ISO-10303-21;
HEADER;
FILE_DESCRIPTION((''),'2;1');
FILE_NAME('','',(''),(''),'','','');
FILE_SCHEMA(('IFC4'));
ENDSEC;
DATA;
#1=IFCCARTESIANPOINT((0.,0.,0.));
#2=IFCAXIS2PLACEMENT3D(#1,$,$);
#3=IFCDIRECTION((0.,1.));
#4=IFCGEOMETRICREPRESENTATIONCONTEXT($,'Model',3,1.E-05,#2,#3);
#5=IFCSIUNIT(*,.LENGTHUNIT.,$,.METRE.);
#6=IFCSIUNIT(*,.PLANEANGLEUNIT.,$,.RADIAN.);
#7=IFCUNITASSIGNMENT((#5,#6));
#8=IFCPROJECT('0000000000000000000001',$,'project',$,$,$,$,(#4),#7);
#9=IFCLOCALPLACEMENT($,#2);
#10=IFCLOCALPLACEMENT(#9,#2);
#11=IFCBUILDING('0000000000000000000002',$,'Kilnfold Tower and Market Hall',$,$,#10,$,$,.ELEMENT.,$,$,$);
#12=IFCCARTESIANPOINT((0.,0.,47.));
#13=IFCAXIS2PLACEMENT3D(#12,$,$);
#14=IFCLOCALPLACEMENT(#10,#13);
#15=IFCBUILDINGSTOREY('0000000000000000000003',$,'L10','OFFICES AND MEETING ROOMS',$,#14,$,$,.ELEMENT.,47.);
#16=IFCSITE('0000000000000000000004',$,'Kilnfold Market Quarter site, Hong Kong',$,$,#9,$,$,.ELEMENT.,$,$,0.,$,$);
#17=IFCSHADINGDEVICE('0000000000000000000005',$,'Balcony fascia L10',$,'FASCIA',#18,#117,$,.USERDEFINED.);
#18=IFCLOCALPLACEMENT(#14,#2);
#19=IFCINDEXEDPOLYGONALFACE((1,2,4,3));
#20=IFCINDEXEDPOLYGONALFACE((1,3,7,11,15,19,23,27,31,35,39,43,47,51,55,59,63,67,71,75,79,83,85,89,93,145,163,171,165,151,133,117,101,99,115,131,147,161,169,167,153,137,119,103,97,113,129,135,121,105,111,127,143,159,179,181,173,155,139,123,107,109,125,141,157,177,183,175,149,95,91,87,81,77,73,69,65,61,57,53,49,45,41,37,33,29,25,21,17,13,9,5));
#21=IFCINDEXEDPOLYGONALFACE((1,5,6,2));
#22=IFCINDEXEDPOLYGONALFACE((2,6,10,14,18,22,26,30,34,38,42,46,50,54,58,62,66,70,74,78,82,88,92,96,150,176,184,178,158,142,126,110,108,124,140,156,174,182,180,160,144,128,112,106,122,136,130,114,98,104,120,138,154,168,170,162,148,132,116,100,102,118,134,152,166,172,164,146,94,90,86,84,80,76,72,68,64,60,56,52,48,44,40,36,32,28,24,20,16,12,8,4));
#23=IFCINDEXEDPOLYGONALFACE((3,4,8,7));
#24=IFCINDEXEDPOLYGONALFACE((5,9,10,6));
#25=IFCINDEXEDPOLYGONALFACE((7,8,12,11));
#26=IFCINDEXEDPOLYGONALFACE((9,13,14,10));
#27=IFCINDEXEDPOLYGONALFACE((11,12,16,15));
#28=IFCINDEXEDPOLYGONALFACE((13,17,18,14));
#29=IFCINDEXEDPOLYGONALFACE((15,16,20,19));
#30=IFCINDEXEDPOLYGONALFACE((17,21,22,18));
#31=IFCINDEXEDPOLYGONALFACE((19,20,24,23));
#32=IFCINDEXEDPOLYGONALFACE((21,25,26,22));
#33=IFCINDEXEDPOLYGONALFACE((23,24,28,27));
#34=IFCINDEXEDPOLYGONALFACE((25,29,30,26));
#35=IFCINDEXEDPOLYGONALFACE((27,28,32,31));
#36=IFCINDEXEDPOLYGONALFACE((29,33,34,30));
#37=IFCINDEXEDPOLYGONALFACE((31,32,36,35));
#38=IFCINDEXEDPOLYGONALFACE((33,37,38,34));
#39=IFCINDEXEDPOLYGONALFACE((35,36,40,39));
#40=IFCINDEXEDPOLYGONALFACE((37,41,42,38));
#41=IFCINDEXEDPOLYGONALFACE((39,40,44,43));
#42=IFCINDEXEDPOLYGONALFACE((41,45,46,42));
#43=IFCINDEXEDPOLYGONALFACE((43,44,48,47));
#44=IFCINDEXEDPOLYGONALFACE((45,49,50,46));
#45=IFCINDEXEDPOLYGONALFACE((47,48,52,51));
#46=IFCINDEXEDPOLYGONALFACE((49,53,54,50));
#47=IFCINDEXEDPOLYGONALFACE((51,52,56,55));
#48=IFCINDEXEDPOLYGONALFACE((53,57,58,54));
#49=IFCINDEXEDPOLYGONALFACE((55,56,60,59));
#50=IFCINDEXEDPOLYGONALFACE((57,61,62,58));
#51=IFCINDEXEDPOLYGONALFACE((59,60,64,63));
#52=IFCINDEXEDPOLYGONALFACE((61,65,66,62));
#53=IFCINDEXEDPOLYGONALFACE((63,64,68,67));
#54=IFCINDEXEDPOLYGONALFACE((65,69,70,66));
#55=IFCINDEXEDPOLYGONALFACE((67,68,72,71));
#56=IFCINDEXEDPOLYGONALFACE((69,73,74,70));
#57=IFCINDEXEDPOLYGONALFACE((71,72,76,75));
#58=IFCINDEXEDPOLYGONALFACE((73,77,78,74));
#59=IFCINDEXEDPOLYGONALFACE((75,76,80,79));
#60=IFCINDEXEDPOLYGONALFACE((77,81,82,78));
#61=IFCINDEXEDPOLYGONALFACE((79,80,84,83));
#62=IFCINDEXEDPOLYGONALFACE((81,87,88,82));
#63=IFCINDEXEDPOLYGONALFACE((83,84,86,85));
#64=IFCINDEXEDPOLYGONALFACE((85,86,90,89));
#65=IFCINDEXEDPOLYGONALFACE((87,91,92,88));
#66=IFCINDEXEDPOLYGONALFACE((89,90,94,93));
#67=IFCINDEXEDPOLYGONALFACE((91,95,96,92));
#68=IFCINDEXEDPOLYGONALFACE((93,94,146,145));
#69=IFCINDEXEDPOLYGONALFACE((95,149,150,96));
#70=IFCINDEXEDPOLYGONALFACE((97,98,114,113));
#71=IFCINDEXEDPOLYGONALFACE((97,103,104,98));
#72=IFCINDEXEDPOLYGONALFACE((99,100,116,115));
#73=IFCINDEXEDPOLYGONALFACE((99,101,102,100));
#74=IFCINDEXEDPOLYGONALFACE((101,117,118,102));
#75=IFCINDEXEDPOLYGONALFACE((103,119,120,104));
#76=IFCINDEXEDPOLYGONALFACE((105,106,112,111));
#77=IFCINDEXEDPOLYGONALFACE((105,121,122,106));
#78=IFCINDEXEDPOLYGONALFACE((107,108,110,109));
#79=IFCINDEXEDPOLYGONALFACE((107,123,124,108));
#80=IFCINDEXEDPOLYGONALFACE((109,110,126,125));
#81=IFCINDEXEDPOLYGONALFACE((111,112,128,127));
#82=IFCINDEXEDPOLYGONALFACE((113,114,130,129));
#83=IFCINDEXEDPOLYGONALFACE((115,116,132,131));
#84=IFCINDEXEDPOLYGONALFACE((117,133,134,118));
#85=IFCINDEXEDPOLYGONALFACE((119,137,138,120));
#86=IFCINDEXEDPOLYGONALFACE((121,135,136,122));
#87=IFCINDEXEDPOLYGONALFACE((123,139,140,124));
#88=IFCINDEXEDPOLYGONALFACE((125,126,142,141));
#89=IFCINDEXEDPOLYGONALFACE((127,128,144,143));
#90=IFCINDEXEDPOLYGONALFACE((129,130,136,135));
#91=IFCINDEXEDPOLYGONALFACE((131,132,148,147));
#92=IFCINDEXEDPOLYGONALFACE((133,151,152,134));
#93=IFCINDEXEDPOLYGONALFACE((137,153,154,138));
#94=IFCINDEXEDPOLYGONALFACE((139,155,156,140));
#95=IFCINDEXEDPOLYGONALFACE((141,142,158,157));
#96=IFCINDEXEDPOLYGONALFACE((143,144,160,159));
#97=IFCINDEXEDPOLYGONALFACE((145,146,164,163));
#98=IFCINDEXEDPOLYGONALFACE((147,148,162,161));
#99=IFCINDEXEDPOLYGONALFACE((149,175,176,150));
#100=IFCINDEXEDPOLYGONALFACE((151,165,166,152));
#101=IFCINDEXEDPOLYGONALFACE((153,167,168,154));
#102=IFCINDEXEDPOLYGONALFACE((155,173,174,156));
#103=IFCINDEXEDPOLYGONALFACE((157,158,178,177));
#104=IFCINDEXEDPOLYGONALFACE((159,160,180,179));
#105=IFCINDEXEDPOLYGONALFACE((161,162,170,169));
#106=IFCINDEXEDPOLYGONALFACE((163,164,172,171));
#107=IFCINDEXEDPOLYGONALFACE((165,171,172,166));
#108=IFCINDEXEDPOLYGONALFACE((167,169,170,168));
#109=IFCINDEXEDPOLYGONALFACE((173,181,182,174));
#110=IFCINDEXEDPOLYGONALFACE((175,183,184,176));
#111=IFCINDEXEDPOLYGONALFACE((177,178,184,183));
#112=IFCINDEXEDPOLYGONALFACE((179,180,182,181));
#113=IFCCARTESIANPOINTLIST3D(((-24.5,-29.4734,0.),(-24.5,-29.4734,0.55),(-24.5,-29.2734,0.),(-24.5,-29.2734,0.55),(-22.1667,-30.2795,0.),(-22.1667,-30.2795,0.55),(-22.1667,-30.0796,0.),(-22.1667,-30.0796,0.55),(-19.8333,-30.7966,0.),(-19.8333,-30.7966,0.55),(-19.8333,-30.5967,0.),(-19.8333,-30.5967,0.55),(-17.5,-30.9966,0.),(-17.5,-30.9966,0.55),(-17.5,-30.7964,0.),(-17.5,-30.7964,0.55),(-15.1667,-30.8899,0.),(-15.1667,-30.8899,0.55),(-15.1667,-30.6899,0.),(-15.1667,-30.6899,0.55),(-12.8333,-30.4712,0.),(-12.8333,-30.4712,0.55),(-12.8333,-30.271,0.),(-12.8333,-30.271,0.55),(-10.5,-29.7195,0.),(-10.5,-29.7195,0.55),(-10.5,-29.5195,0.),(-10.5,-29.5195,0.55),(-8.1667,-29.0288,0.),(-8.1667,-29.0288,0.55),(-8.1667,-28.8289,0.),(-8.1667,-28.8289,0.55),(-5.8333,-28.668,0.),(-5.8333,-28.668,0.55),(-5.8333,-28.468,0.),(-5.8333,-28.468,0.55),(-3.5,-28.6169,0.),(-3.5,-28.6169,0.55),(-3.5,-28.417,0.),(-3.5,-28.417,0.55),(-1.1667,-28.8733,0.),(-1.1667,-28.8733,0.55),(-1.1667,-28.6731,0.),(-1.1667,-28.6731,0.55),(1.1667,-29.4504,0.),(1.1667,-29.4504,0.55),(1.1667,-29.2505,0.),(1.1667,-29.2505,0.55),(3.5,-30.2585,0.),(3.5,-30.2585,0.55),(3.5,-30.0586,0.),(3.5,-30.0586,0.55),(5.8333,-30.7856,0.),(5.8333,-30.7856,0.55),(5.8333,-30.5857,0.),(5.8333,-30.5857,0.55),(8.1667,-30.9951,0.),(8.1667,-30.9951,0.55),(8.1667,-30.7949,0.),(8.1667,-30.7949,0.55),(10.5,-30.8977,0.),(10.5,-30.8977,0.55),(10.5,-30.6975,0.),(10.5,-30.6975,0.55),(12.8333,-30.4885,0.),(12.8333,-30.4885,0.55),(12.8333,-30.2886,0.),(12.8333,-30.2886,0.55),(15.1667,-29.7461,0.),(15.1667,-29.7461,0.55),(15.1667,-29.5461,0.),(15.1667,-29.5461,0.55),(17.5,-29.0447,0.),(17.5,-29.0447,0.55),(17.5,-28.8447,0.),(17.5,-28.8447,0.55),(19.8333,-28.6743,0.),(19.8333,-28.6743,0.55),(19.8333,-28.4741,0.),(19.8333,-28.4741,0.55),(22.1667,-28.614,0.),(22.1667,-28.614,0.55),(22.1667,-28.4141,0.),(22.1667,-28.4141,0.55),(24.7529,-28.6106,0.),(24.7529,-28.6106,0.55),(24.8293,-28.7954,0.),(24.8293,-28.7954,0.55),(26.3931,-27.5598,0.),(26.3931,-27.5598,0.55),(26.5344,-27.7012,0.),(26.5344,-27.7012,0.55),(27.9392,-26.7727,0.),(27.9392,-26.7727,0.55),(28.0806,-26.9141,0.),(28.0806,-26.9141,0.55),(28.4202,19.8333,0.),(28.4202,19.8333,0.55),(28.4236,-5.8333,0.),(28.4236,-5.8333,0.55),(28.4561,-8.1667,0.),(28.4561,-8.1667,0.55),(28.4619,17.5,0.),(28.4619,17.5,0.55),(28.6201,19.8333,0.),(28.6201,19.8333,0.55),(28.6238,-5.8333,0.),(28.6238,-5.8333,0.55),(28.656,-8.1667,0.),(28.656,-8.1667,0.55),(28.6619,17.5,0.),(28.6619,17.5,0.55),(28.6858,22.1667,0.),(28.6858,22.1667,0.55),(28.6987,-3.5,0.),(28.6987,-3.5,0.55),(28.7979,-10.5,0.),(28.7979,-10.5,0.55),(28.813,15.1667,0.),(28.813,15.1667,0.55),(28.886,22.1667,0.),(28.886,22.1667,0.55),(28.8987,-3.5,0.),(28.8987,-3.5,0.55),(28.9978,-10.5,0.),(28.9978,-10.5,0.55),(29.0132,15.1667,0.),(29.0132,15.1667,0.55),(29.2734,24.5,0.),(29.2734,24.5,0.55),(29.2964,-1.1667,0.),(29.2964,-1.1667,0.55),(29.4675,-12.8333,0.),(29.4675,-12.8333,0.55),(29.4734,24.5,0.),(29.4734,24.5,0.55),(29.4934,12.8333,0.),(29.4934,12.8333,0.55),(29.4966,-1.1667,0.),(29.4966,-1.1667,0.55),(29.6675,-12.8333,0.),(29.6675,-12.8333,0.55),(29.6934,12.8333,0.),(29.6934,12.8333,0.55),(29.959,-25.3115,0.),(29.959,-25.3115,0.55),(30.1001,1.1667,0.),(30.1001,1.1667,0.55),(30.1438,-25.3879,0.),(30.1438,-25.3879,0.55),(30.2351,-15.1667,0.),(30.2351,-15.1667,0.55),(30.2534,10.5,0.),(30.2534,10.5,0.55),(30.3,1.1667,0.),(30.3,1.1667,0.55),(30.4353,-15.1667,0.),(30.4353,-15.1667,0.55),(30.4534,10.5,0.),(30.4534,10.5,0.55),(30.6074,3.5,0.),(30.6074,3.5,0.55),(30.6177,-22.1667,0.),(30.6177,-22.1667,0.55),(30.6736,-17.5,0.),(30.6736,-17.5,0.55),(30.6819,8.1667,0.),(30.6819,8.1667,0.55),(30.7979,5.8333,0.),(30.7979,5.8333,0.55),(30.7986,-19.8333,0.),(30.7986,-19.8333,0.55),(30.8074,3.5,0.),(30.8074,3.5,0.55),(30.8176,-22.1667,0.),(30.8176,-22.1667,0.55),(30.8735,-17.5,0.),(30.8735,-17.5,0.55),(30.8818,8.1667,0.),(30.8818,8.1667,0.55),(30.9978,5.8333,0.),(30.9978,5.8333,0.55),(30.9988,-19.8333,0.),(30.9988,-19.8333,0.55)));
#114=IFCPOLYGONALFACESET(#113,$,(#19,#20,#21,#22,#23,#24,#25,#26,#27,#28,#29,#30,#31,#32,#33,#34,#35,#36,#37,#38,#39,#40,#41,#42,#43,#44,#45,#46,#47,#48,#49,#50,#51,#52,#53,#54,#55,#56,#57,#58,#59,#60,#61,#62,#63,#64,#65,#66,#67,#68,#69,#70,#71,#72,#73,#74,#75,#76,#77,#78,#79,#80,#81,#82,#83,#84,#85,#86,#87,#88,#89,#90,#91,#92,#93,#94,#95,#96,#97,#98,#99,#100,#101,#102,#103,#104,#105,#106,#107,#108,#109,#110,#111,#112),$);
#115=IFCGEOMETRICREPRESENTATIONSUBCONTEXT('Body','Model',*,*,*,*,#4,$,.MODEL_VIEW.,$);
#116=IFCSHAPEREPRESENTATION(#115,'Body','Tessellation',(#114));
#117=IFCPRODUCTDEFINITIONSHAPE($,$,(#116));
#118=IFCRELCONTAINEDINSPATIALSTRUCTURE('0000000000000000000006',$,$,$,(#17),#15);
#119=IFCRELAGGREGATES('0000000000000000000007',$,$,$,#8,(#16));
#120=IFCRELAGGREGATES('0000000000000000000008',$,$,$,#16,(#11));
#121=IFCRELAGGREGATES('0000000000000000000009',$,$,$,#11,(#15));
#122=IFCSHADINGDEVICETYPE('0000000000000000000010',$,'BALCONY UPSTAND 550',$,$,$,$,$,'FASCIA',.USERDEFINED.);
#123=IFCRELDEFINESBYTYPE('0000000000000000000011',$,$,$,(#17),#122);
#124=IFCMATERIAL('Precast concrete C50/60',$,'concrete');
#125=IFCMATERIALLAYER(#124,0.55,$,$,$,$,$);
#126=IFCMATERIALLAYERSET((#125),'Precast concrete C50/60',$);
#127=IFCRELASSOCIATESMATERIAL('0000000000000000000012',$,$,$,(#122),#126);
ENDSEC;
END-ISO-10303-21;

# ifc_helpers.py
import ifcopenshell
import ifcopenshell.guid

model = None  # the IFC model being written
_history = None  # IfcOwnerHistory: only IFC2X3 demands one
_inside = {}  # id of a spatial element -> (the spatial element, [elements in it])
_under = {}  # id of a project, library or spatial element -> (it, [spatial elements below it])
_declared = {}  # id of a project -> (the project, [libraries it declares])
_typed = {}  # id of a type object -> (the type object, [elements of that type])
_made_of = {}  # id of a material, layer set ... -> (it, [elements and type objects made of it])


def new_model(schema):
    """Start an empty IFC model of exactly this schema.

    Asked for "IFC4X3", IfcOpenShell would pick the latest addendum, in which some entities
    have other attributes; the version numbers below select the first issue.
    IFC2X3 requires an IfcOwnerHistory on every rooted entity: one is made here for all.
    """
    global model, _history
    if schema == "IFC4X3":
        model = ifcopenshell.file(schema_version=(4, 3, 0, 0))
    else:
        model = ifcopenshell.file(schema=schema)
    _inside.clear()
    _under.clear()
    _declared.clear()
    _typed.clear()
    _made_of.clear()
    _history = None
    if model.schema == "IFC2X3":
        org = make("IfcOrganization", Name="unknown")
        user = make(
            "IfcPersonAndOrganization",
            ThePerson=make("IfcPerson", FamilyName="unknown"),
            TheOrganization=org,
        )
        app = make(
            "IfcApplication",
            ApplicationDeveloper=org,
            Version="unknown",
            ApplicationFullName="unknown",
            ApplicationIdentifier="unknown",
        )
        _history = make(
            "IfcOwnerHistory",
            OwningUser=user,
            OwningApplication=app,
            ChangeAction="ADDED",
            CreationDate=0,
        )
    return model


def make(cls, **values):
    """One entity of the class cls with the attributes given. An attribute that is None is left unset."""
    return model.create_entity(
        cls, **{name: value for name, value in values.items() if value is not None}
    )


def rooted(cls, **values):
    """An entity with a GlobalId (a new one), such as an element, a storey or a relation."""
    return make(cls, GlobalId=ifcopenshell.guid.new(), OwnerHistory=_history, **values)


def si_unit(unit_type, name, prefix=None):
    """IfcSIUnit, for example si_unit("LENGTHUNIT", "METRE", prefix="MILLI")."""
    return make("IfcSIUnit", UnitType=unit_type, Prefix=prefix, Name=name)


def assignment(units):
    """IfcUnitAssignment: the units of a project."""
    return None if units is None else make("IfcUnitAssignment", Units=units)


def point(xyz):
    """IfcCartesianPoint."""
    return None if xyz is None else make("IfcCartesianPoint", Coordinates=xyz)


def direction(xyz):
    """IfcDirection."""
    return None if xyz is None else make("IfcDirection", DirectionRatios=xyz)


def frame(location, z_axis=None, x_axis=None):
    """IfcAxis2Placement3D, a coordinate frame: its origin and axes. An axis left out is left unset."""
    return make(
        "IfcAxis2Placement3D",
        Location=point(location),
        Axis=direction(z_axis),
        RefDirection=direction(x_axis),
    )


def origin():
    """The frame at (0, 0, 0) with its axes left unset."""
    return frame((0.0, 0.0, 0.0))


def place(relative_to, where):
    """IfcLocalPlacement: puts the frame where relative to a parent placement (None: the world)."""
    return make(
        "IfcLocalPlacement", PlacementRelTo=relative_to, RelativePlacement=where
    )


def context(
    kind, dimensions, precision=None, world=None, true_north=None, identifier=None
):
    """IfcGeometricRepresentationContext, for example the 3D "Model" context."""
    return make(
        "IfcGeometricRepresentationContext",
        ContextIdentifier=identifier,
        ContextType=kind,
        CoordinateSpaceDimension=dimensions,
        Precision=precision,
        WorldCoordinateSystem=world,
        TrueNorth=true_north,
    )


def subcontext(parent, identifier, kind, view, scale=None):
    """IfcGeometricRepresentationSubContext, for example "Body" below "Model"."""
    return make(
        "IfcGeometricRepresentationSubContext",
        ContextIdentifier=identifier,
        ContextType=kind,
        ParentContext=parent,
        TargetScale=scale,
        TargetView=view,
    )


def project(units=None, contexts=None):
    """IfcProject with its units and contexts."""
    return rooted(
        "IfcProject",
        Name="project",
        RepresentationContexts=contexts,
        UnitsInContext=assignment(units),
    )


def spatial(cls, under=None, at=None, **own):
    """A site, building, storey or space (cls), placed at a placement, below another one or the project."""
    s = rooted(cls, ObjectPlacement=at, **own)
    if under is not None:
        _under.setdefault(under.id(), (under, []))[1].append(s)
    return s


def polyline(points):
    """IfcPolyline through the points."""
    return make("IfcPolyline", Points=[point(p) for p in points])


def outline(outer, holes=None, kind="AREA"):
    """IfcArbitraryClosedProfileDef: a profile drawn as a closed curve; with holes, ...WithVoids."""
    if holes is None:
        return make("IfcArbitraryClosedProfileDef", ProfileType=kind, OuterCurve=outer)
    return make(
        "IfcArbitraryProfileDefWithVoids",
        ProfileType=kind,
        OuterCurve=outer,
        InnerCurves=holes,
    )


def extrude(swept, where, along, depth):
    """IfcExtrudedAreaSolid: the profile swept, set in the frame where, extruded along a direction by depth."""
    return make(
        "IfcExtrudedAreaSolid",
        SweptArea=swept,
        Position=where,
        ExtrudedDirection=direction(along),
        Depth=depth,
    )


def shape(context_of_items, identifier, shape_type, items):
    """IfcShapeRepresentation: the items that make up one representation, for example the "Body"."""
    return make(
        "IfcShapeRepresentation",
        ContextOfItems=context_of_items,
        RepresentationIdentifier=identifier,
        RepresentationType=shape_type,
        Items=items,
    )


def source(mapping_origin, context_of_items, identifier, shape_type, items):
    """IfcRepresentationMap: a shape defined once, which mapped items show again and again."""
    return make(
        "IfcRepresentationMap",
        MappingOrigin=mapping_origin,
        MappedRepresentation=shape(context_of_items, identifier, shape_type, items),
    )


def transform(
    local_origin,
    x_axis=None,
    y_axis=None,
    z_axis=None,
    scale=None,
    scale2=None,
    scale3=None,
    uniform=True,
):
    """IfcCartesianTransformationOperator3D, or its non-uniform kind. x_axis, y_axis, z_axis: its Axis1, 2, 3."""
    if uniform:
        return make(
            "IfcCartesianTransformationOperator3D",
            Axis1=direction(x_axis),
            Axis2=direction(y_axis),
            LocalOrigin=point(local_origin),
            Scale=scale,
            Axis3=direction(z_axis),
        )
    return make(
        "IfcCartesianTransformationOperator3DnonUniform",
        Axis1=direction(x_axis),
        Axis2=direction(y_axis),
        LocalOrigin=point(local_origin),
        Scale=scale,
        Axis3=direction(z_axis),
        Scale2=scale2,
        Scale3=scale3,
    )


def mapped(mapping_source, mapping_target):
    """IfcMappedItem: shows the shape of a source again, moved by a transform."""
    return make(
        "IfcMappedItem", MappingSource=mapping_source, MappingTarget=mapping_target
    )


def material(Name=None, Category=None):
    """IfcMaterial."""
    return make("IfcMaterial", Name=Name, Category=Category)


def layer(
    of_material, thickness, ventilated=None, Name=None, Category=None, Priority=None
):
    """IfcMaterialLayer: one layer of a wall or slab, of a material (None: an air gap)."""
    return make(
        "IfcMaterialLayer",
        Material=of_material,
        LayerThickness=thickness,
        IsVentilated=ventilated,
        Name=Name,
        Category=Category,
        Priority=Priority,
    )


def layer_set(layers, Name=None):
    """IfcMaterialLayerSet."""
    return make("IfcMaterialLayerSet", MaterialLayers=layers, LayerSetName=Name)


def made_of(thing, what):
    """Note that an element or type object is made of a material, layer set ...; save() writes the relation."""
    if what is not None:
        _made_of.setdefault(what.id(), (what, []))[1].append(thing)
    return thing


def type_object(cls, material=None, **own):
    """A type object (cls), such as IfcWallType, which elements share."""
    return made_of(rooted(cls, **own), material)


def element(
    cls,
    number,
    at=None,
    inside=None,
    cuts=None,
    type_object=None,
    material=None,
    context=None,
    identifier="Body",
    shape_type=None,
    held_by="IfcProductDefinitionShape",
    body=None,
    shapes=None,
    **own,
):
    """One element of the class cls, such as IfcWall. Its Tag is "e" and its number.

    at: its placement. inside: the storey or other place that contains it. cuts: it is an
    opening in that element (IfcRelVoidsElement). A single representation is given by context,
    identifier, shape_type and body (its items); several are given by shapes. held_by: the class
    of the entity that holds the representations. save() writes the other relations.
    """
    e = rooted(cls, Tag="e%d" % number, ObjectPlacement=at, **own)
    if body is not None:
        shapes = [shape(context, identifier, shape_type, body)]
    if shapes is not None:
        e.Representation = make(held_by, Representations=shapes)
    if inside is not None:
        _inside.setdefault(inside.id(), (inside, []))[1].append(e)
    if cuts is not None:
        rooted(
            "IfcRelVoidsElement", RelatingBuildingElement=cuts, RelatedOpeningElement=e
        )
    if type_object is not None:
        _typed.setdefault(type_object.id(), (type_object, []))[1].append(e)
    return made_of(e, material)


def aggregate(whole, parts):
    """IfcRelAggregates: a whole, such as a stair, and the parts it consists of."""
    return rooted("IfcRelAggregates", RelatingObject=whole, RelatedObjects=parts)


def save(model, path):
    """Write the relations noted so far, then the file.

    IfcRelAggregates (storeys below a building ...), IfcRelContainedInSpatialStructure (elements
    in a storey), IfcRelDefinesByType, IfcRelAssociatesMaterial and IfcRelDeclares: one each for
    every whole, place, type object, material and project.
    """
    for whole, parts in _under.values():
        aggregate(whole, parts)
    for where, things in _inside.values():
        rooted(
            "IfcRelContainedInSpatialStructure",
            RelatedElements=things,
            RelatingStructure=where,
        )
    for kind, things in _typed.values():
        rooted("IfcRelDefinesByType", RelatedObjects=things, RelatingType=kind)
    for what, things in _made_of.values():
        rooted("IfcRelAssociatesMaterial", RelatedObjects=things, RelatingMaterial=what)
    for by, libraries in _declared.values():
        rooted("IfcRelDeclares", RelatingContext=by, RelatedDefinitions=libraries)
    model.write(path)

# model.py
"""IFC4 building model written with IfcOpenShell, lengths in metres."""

from ifc_helpers import new_model, si_unit, direction, frame, origin, place, context, subcontext, project, spatial, polyline, outline, extrude, source, transform, mapped, material, layer, layer_set, type_object, element, save


model = new_model("IFC4")

# Units and contexts
model_context = context("Model", 3, precision=1e-05, world=origin(), true_north=direction((0.0, 1.0)))
body_context = subcontext(model_context, "Body", "Model", "MODEL_VIEW")
ifc_project = project(units=[si_unit("LENGTHUNIT", "METRE"), si_unit("PLANEANGLEUNIT", "RADIAN")], contexts=[model_context])

# Site, building, storey
site_placement = place(None, origin())
site = spatial("IfcSite", under=ifc_project, at=site_placement, Name="Kilnfold Market Quarter site, Hong Kong", CompositionType="ELEMENT", RefElevation=0.0)
building_placement = place(site_placement, origin())
building = spatial("IfcBuilding", under=site, at=building_placement, Name="Kilnfold Tower and Market Hall", CompositionType="ELEMENT")
storey_placement = place(building_placement, frame((0.0, 0.0, 47.0)))
storey = spatial("IfcBuildingStorey", under=building, at=storey_placement, Name="L10", Description="OFFICES AND MEETING ROOMS", CompositionType="ELEMENT", Elevation=47.0)

# Shading device
ifc_material_1 = material(Name="Precast concrete C50/60", Category="concrete")
ifc_layer_1 = layer(ifc_material_1, 0.55)
ifc_layer_set_1 = layer_set([ifc_layer_1], Name="Precast concrete C50/60")
shading_device_type_1 = type_object("IfcShadingDeviceType", Name="BALCONY UPSTAND 550", ElementType="FASCIA", PredefinedType="USERDEFINED", material=ifc_layer_set_1)
shared_shape_1 = source(origin(), body_context, "Body", "SweptSolid", [
    extrude(outline(polyline([(-24.5, -29.4734), (-22.1667, -30.2795), (-19.8333, -30.7966), (-17.5, -30.9966), (-15.1667, -30.8899), (-12.8333, -30.4712), (-10.5, -29.7195), (-8.1667, -29.0288), (-5.8333, -28.668), (-3.5, -28.6169), (-1.1667, -28.8733), (1.1667, -29.4504), (3.5, -30.2585), (5.8333, -30.7856), (8.1667, -30.9951), (10.5, -30.8977), (12.8333, -30.4885), (15.1667, -29.7461), (17.5, -29.0447), (19.8333, -28.6743), (22.1667, -28.614), (24.8293, -28.7954), (26.5344, -27.7012), (28.0806, -26.9141), (30.1438, -25.3879), (30.8176, -22.1667), (30.9988, -19.8333), (30.8735, -17.5), (30.4353, -15.1667), (29.6675, -12.8333), (28.9978, -10.5), (28.656, -8.1667), (28.6238, -5.8333), (28.8987, -3.5), (29.4966, -1.1667), (30.3, 1.1667), (30.8074, 3.5), (30.9978, 5.8333), (30.8818, 8.1667), (30.4534, 10.5), (29.6934, 12.8333), (29.0132, 15.1667), (28.6619, 17.5), (28.6201, 19.8333), (28.886, 22.1667), (29.4734, 24.5), (29.2734, 24.5), (28.6858, 22.1667), (28.4202, 19.8333), (28.4619, 17.5), (28.813, 15.1667), (29.4934, 12.8333), (30.2534, 10.5), (30.6819, 8.1667), (30.7979, 5.8333), (30.6074, 3.5), (30.1001, 1.1667), (29.2964, -1.1667), (28.6987, -3.5), (28.4236, -5.8333), (28.4561, -8.1667), (28.7979, -10.5), (29.4675, -12.8333), (30.2351, -15.1667), (30.6736, -17.5), (30.7986, -19.8333), (30.6177, -22.1667), (29.959, -25.3115), (27.9392, -26.7727), (26.3931, -27.5598), (24.7529, -28.6106), (22.1667, -28.4141), (19.8333, -28.4741), (17.5, -28.8447), (15.1667, -29.5461), (12.8333, -30.2886), (10.5, -30.6975), (8.1667, -30.7949), (5.8333, -30.5857), (3.5, -30.0586), (1.1667, -29.2505), (-1.1667, -28.6731), (-3.5, -28.417), (-5.8333, -28.468), (-8.1667, -28.8289), (-10.5, -29.5195), (-12.8333, -30.271), (-15.1667, -30.6899), (-17.5, -30.7964), (-19.8333, -30.5967), (-22.1667, -30.0796), (-24.5, -29.2734), (-24.5, -29.4734)])), origin(), (0.0, 0.0, 1.0), 0.55),
])
shading_device_1_placement = place(storey_placement, origin())
element("IfcShadingDevice", 1, at=shading_device_1_placement, inside=storey, type_object=shading_device_type_1, Name="Balcony fascia L10", ObjectType="FASCIA", PredefinedType="USERDEFINED", context=body_context, shape_type="MappedRepresentation", body=[
    mapped(shared_shape_1, transform((0.0, 0.0, 0.0))),
])

save(model, "model.ifc")
